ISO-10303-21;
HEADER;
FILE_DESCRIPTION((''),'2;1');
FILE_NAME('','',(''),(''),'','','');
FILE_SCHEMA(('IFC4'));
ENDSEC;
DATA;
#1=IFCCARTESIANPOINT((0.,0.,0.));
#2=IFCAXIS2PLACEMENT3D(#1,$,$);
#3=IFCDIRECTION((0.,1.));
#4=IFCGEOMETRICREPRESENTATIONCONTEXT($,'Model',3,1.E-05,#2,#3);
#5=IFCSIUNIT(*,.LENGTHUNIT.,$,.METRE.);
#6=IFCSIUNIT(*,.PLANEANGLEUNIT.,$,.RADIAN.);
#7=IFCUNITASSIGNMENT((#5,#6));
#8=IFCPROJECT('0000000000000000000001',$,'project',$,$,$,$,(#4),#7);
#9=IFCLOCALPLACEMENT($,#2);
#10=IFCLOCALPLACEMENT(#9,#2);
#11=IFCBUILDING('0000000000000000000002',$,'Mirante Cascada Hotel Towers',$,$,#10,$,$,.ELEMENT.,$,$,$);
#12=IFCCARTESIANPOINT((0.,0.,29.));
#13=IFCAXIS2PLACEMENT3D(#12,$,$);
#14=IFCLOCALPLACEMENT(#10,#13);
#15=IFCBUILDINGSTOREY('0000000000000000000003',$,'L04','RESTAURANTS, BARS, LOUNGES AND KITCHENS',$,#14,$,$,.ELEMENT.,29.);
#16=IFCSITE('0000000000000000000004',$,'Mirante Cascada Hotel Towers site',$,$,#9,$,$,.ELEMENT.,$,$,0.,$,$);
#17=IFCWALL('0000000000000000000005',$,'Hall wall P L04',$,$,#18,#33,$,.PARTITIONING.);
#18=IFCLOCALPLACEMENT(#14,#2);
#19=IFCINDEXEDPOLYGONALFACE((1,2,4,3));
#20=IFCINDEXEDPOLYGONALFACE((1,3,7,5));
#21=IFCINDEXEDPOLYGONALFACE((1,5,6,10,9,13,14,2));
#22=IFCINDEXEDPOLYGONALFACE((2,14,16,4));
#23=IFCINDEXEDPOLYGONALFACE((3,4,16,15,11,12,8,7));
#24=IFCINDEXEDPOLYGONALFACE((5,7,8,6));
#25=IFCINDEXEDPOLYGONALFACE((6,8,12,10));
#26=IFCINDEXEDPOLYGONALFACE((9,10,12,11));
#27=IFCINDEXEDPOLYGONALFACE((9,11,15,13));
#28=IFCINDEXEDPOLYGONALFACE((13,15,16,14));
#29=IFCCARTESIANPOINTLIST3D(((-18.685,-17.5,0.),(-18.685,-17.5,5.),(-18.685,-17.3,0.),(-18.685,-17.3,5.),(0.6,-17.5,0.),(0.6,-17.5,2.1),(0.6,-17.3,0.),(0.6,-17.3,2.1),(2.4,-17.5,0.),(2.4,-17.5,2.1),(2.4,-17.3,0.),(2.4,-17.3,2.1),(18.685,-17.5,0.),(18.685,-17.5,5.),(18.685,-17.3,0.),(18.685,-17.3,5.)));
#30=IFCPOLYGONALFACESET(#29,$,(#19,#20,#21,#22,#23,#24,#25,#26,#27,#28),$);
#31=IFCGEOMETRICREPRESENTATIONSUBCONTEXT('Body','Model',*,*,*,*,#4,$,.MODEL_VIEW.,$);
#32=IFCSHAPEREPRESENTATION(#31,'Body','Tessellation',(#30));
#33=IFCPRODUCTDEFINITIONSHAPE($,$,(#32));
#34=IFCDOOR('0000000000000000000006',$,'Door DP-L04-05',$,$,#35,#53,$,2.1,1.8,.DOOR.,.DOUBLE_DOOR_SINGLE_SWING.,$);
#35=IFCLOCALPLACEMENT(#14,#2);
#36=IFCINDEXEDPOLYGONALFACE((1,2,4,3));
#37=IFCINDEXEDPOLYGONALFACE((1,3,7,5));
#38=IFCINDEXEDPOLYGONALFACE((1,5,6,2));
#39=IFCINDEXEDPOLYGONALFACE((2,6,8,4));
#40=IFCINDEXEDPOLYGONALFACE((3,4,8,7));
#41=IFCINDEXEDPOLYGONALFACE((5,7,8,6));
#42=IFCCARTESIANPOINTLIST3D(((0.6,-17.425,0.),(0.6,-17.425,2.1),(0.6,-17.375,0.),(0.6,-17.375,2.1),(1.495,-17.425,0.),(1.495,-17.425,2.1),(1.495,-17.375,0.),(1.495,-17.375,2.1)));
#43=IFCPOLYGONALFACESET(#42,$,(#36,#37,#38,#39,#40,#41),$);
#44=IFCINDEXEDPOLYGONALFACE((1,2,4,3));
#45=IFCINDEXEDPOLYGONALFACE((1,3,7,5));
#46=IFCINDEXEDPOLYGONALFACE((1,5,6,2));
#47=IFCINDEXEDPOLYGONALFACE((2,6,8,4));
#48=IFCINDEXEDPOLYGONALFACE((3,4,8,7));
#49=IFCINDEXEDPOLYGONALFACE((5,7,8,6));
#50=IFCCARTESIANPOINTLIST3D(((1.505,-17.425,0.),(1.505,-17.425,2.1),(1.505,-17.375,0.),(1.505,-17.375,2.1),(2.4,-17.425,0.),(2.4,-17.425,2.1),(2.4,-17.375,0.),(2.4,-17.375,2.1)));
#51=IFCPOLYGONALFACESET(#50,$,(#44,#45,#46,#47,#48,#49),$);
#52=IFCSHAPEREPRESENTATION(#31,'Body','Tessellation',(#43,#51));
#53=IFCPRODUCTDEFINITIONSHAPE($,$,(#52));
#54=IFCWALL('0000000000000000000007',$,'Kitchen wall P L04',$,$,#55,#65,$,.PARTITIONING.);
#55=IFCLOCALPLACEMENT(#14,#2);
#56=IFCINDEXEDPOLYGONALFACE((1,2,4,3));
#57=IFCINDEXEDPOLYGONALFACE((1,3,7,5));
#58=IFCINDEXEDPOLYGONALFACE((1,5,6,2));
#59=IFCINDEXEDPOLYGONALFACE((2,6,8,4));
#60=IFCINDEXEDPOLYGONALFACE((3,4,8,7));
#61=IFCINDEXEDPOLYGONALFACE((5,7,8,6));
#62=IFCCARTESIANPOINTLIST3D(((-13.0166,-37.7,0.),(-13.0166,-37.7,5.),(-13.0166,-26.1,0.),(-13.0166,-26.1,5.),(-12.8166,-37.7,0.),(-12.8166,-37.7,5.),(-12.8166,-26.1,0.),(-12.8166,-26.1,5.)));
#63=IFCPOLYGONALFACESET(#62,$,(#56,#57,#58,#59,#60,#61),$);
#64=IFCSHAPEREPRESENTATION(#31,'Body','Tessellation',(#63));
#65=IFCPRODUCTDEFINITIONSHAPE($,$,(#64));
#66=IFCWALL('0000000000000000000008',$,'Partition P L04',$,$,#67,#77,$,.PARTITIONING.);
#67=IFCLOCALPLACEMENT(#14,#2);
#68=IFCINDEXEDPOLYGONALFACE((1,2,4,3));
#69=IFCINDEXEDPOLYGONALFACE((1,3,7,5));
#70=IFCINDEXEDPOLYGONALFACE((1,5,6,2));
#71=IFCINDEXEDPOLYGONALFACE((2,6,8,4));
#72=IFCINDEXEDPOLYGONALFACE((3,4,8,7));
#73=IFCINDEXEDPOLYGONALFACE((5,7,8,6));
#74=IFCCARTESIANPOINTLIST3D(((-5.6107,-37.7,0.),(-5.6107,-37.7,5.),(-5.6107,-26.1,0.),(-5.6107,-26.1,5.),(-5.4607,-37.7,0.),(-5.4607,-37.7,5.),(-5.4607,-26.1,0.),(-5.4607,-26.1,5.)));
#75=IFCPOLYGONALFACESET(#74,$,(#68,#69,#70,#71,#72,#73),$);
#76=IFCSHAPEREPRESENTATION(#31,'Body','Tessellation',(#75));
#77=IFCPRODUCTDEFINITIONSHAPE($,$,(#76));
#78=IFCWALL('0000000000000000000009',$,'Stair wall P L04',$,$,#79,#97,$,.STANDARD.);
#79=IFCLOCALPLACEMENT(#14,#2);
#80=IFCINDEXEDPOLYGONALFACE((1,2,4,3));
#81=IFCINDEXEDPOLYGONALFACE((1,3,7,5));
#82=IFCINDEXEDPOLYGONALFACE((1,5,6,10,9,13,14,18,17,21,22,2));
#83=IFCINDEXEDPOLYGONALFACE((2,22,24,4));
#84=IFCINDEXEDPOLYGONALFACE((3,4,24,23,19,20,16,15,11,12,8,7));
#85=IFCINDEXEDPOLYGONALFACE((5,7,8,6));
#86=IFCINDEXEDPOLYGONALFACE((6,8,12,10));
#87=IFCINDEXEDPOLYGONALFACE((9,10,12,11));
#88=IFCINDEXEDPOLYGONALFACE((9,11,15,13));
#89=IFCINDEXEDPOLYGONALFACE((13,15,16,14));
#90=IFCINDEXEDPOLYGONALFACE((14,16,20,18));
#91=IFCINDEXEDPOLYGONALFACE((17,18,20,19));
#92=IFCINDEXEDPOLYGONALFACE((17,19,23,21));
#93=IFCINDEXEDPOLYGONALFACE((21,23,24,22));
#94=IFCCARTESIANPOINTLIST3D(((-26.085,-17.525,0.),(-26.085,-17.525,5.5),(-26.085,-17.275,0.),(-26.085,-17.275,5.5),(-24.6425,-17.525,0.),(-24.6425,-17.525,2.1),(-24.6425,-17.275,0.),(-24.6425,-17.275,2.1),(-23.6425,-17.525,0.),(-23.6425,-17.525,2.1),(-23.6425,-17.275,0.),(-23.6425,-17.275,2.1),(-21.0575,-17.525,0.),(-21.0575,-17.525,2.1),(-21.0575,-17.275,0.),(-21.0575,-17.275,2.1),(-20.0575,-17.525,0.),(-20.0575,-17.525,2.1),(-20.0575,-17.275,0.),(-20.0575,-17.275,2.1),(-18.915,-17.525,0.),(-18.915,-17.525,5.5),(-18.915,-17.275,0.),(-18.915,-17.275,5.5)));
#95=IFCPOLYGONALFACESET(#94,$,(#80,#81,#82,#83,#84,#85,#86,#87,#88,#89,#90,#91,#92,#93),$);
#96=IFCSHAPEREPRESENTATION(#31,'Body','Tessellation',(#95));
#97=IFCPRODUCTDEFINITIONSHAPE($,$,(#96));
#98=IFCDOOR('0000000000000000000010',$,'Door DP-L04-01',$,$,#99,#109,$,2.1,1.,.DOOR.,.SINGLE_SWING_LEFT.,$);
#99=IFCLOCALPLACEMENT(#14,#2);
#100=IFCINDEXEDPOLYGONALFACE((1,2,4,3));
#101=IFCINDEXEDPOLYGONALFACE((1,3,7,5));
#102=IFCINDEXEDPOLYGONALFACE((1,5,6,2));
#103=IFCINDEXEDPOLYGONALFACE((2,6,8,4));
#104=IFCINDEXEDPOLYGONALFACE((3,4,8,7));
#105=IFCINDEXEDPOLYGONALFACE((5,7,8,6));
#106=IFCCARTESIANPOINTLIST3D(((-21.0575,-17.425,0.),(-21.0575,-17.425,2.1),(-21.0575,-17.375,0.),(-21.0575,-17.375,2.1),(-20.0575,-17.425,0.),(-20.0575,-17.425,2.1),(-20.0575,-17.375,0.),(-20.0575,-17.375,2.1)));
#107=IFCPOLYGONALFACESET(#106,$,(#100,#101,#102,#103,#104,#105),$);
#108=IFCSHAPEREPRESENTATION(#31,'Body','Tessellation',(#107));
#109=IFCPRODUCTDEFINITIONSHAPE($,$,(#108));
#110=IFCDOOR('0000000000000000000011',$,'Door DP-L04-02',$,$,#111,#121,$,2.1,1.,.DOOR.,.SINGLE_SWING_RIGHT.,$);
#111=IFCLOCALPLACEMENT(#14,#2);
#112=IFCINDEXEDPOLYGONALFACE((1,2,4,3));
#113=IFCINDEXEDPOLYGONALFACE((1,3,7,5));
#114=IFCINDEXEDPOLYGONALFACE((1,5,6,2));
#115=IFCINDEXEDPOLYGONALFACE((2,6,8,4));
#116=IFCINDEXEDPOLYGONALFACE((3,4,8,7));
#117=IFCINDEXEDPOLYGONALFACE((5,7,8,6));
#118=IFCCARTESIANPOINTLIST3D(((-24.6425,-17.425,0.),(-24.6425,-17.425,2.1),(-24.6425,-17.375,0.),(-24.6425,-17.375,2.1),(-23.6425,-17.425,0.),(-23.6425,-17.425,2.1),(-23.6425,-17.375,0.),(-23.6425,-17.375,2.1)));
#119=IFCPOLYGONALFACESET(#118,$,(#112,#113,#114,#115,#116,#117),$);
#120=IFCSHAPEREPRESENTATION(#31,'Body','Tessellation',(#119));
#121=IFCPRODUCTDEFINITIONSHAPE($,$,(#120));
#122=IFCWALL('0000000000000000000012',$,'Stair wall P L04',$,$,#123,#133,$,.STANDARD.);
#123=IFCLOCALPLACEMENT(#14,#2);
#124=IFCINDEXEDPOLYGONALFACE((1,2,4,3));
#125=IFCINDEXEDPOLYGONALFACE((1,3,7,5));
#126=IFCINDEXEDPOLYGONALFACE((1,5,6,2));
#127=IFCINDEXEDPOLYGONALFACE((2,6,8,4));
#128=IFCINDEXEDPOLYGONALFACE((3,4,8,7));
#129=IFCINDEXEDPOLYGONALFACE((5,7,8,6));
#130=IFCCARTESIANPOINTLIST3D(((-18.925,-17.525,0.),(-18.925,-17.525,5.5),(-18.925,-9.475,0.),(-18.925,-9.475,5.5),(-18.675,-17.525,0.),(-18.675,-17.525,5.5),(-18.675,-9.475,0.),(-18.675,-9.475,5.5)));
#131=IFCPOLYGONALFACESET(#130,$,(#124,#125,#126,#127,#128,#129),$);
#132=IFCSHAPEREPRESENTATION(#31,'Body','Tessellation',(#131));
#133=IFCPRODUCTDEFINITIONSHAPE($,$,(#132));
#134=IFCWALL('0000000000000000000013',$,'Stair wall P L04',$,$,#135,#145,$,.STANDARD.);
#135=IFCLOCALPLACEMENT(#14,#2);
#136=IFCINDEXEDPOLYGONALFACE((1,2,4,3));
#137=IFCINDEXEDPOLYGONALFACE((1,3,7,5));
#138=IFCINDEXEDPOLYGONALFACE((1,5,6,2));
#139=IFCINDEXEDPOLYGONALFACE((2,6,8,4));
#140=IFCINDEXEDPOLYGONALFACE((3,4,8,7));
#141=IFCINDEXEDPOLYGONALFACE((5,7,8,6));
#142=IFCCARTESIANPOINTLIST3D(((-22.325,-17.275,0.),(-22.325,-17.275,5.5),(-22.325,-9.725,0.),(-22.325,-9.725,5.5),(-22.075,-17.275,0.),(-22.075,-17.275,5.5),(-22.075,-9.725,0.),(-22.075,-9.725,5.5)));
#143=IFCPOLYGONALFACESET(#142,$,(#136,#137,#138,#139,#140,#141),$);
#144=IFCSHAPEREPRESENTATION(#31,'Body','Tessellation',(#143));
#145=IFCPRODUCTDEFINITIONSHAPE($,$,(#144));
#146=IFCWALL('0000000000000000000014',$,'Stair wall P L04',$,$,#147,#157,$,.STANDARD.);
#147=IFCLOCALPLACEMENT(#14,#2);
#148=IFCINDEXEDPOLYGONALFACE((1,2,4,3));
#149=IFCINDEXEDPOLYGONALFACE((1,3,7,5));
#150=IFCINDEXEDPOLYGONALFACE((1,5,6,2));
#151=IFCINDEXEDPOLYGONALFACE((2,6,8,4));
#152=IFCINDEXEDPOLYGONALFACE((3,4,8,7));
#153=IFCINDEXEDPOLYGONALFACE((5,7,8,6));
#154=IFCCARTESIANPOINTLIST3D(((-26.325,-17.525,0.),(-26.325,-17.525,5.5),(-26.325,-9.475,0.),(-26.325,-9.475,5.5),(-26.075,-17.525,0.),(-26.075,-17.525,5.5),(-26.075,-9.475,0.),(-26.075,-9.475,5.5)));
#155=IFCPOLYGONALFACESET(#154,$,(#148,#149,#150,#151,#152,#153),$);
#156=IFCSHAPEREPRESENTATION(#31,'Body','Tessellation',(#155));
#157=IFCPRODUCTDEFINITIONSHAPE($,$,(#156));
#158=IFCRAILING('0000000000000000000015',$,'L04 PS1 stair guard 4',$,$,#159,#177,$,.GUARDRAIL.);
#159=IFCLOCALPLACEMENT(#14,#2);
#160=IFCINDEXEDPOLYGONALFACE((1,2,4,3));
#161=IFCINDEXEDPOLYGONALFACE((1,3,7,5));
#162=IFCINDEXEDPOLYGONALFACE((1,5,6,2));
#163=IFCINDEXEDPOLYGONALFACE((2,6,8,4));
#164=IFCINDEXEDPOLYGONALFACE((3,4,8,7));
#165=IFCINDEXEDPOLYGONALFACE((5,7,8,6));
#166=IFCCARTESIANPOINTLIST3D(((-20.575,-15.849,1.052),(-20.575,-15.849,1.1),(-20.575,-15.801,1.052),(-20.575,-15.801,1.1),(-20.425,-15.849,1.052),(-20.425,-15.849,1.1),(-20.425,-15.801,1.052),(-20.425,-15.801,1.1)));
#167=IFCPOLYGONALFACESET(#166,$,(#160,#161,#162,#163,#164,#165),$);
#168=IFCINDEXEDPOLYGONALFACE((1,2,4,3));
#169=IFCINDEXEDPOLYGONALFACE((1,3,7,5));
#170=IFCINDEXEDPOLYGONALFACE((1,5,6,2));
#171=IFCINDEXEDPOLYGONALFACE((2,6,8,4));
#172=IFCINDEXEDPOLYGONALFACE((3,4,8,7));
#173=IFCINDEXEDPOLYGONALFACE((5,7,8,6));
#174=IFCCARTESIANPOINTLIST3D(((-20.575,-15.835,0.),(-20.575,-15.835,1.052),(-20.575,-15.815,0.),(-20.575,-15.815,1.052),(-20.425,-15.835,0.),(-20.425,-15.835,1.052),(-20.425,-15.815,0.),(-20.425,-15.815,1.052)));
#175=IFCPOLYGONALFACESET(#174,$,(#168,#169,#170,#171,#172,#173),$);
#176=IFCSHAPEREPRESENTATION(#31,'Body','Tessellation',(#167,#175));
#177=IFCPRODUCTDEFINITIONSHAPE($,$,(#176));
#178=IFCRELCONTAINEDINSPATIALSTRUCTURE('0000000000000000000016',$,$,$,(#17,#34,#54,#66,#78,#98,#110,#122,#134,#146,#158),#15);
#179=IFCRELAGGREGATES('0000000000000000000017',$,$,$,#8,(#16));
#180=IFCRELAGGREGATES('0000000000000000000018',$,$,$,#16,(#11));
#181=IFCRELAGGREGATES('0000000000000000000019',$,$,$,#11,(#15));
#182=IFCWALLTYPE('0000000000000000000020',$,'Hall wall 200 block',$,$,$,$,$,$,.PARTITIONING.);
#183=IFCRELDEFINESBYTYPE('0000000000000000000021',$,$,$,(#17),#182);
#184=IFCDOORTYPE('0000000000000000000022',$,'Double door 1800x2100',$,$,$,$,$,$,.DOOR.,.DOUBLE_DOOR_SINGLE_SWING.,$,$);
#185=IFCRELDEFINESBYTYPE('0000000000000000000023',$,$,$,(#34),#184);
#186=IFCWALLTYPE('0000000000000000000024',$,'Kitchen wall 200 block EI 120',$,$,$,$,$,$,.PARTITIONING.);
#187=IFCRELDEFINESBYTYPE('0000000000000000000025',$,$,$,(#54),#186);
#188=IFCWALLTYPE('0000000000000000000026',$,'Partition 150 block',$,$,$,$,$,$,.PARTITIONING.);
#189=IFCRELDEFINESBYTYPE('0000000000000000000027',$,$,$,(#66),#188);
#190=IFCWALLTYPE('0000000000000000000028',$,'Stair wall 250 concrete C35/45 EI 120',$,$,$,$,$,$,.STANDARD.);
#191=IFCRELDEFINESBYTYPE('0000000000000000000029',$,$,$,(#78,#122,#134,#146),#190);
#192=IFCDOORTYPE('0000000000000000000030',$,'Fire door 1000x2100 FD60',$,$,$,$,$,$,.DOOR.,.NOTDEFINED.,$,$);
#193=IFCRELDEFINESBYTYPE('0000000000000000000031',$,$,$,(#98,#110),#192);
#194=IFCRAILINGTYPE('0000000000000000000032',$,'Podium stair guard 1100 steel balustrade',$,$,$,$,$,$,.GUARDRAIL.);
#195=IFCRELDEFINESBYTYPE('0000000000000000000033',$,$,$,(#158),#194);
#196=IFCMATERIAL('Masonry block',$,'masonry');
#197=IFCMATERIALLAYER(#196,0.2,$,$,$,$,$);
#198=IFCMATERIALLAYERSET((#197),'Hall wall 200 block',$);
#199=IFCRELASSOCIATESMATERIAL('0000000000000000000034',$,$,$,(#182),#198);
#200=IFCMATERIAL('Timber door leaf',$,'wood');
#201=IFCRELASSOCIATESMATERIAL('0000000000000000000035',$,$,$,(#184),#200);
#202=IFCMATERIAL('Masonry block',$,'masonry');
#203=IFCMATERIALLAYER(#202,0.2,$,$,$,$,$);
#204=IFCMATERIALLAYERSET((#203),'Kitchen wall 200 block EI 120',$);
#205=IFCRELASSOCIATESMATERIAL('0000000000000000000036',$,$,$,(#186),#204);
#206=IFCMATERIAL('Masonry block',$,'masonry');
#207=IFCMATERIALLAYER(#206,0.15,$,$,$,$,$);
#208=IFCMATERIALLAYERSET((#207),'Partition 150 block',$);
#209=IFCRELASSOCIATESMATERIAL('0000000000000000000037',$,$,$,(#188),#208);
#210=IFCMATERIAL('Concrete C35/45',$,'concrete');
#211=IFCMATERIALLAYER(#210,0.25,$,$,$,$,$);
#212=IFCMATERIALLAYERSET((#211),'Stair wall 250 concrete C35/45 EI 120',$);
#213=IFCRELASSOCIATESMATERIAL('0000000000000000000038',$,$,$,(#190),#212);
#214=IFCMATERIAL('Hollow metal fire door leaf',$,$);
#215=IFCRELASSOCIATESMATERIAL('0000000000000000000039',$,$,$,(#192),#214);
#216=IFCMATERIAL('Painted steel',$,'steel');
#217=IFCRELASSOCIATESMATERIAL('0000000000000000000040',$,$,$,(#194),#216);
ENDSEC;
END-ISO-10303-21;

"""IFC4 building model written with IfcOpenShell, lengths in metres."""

from ifc_helpers import new_model, si_unit, direction, frame, frame_2d, origin, origin_2d, place, context, subcontext, project, spatial, rectangle, extrude, material, layer, layer_set, type_object, element, fill, save


model = new_model("IFC4")

# Units and contexts
model_context = context("Model", 3, precision=1e-05, world=origin(), true_north=direction((0.0, 1.0)))
body_context = subcontext(model_context, "Body", "Model", "MODEL_VIEW")
ifc_project = project(units=[si_unit("LENGTHUNIT", "METRE"), si_unit("PLANEANGLEUNIT", "RADIAN")], contexts=[model_context])

# Site, building, storey
site_placement = place(None, origin())
site = spatial("IfcSite", under=ifc_project, at=site_placement, Name="Mirante Cascada Hotel Towers site", CompositionType="ELEMENT", RefElevation=0.0)
building_placement = place(site_placement, origin())
building = spatial("IfcBuilding", under=site, at=building_placement, Name="Mirante Cascada Hotel Towers", CompositionType="ELEMENT")
storey_placement = place(building_placement, frame((0.0, 0.0, 29.0)))
storey = spatial("IfcBuildingStorey", under=building, at=storey_placement, Name="L04", Description="RESTAURANTS, BARS, LOUNGES AND KITCHENS", CompositionType="ELEMENT", Elevation=29.0)

# Shared definitions
ifc_material_1 = material(Name="Masonry block", Category="masonry")
ifc_layer_1 = layer(ifc_material_1, 0.2)
ifc_layer_set_1 = layer_set([ifc_layer_1], Name="Hall wall 200 block")
wall_type_1 = type_object("IfcWallType", Name="Hall wall 200 block", PredefinedType="PARTITIONING", material=ifc_layer_set_1)

# Wall, opening, door
wall_1_placement = place(storey_placement, frame((-18.685, -17.4, 0.0), z_axis=(0.0, 0.0, 1.0), x_axis=(1.0, 0.0, 0.0)))
wall_1 = element("IfcWall", 1, at=wall_1_placement, inside=storey, type_object=wall_type_1, Name="Hall wall P L04", PredefinedType="PARTITIONING", context=body_context, shape_type="SweptSolid", body=[
    extrude(rectangle(XDim=37.37, YDim=0.2, at=frame_2d((18.685, 0.0))), origin(), (0.0, 0.0, 1.0), 5.0),
])
opening_1_placement = place(wall_1_placement, frame((19.285, 0.0, 0.0)))
opening_1 = element("IfcOpeningElement", 2, at=opening_1_placement, cuts=wall_1, PredefinedType="OPENING", context=body_context, shape_type="SweptSolid", body=[
    extrude(rectangle(XDim=1.8, YDim=2.1, at=frame_2d((0.9, 1.05))), frame((0.0, 0.1, 0.0), z_axis=(0.0, -1.0, 0.0), x_axis=(1.0, 0.0, 0.0)), (0.0, 0.0, 1.0), 0.2),
])
ifc_material_2 = material(Name="Timber door leaf", Category="wood")
door_type_1 = type_object("IfcDoorType", Name="Double door 1800x2100", OperationType="DOUBLE_DOOR_SINGLE_SWING", PredefinedType="DOOR", material=ifc_material_2)
door_1_placement = place(opening_1_placement, origin())
door_1 = element("IfcDoor", 3, at=door_1_placement, inside=storey, type_object=door_type_1, Name="Door DP-L04-05", OperationType="DOUBLE_DOOR_SINGLE_SWING", OverallHeight=2.1, OverallWidth=1.8, PredefinedType="DOOR", context=body_context, shape_type="SweptSolid", body=[
    extrude(rectangle(XDim=0.895, YDim=2.1, at=frame_2d((0.4475, 1.05))), frame((0.0, 0.025, 0.0), z_axis=(0.0, -1.0, 0.0), x_axis=(1.0, 0.0, 0.0)), (0.0, 0.0, 1.0), 0.05),
    extrude(rectangle(XDim=0.895, YDim=2.1, at=frame_2d((1.3525, 1.05))), frame((0.0, 0.025, 0.0), z_axis=(0.0, -1.0, 0.0), x_axis=(1.0, 0.0, 0.0)), (0.0, 0.0, 1.0), 0.05),
])
fill(opening_1, door_1)

# Walls
ifc_material_3 = material(Name="Masonry block", Category="masonry")
ifc_layer_2 = layer(ifc_material_3, 0.2)
ifc_layer_set_2 = layer_set([ifc_layer_2], Name="Kitchen wall 200 block EI 120")
wall_type_2 = type_object("IfcWallType", Name="Kitchen wall 200 block EI 120", PredefinedType="PARTITIONING", material=ifc_layer_set_2)
wall_2_placement = place(storey_placement, frame((-12.9166, -37.7, 0.0), z_axis=(0.0, 0.0, 1.0), x_axis=(0.0, 1.0, 0.0)))
element("IfcWall", 4, at=wall_2_placement, inside=storey, type_object=wall_type_2, Name="Kitchen wall P L04", PredefinedType="PARTITIONING", context=body_context, shape_type="SweptSolid", body=[
    extrude(rectangle(XDim=11.6, YDim=0.2, at=frame_2d((5.8, 0.0))), origin(), (0.0, 0.0, 1.0), 5.0),
])
ifc_material_4 = material(Name="Masonry block", Category="masonry")
ifc_layer_3 = layer(ifc_material_4, 0.15)
ifc_layer_set_3 = layer_set([ifc_layer_3], Name="Partition 150 block")
wall_type_3 = type_object("IfcWallType", Name="Partition 150 block", PredefinedType="PARTITIONING", material=ifc_layer_set_3)
wall_3_placement = place(storey_placement, frame((-5.5357, -37.7, 0.0), z_axis=(0.0, 0.0, 1.0), x_axis=(0.0, 1.0, 0.0)))
element("IfcWall", 5, at=wall_3_placement, inside=storey, type_object=wall_type_3, Name="Partition P L04", PredefinedType="PARTITIONING", context=body_context, shape_type="SweptSolid", body=[
    extrude(rectangle(XDim=11.6, YDim=0.15, at=frame_2d((5.8, 0.0))), origin(), (0.0, 0.0, 1.0), 5.0),
])

# Wall, openings, doors
ifc_material_5 = material(Name="Concrete C35/45", Category="concrete")
ifc_layer_4 = layer(ifc_material_5, 0.25)
ifc_layer_set_4 = layer_set([ifc_layer_4], Name="Stair wall 250 concrete C35/45 EI 120")
wall_type_4 = type_object("IfcWallType", Name="Stair wall 250 concrete C35/45 EI 120", PredefinedType="STANDARD", material=ifc_layer_set_4)
wall_4_placement = place(storey_placement, frame((-26.085, -17.4, 0.0), z_axis=(0.0, 0.0, 1.0), x_axis=(1.0, 0.0, 0.0)))
wall_4 = element("IfcWall", 6, at=wall_4_placement, inside=storey, type_object=wall_type_4, Name="Stair wall P L04", PredefinedType="STANDARD", context=body_context, shape_type="SweptSolid", body=[
    extrude(rectangle(XDim=7.17, YDim=0.25, at=frame_2d((3.585, 0.0))), origin(), (0.0, 0.0, 1.0), 5.5),
])
opening_2_placement = place(wall_4_placement, frame((5.0275, 0.0, 0.0)))
opening_2 = element("IfcOpeningElement", 7, at=opening_2_placement, cuts=wall_4, PredefinedType="OPENING", context=body_context, shape_type="SweptSolid", body=[
    extrude(rectangle(XDim=1.0, YDim=2.1, at=frame_2d((0.5, 1.05))), frame((0.0, 0.125, 0.0), z_axis=(0.0, -1.0, 0.0), x_axis=(1.0, 0.0, 0.0)), (0.0, 0.0, 1.0), 0.25),
])
opening_3_placement = place(wall_4_placement, frame((1.4425, 0.0, 0.0)))
opening_3 = element("IfcOpeningElement", 8, at=opening_3_placement, cuts=wall_4, PredefinedType="OPENING", context=body_context, shape_type="SweptSolid", body=[
    extrude(rectangle(XDim=1.0, YDim=2.1, at=frame_2d((0.5, 1.05))), frame((0.0, 0.125, 0.0), z_axis=(0.0, -1.0, 0.0), x_axis=(1.0, 0.0, 0.0)), (0.0, 0.0, 1.0), 0.25),
])
ifc_material_6 = material(Name="Hollow metal fire door leaf")
door_type_2 = type_object("IfcDoorType", Name="Fire door 1000x2100 FD60", OperationType="NOTDEFINED", PredefinedType="DOOR", material=ifc_material_6)
door_2_placement = place(opening_2_placement, origin())
door_2 = element("IfcDoor", 9, at=door_2_placement, inside=storey, type_object=door_type_2, Name="Door DP-L04-01", OperationType="SINGLE_SWING_LEFT", OverallHeight=2.1, OverallWidth=1.0, PredefinedType="DOOR", context=body_context, shape_type="SweptSolid", body=[
    extrude(rectangle(XDim=1.0, YDim=2.1, at=frame_2d((0.5, 1.05))), frame((0.0, 0.025, 0.0), z_axis=(0.0, -1.0, 0.0), x_axis=(1.0, 0.0, 0.0)), (0.0, 0.0, 1.0), 0.05),
])
fill(opening_2, door_2)
door_3_placement = place(opening_3_placement, origin())
door_3 = element("IfcDoor", 10, at=door_3_placement, inside=storey, type_object=door_type_2, Name="Door DP-L04-02", OperationType="SINGLE_SWING_RIGHT", OverallHeight=2.1, OverallWidth=1.0, PredefinedType="DOOR", context=body_context, shape_type="SweptSolid", body=[
    extrude(rectangle(XDim=1.0, YDim=2.1, at=frame_2d((0.5, 1.05))), frame((0.0, 0.025, 0.0), z_axis=(0.0, -1.0, 0.0), x_axis=(1.0, 0.0, 0.0)), (0.0, 0.0, 1.0), 0.05),
])
fill(opening_3, door_3)

# Walls
wall_5_placement = place(storey_placement, frame((-18.8, -17.525, 0.0), z_axis=(0.0, 0.0, 1.0), x_axis=(0.0, 1.0, 0.0)))
element("IfcWall", 11, at=wall_5_placement, inside=storey, type_object=wall_type_4, Name="Stair wall P L04", PredefinedType="STANDARD", context=body_context, shape_type="SweptSolid", body=[
    extrude(rectangle(XDim=8.05, YDim=0.25, at=frame_2d((4.025, 0.0))), origin(), (0.0, 0.0, 1.0), 5.5),
])
wall_6_placement = place(storey_placement, frame((-22.2, -17.275, 0.0), z_axis=(0.0, 0.0, 1.0), x_axis=(0.0, 1.0, 0.0)))
element("IfcWall", 12, at=wall_6_placement, inside=storey, type_object=wall_type_4, Name="Stair wall P L04", PredefinedType="STANDARD", context=body_context, shape_type="SweptSolid", body=[
    extrude(rectangle(XDim=7.55, YDim=0.25, at=frame_2d((3.775, 0.0))), origin(), (0.0, 0.0, 1.0), 5.5),
])
wall_7_placement = place(storey_placement, frame((-26.2, -17.525, 0.0), z_axis=(0.0, 0.0, 1.0), x_axis=(0.0, 1.0, 0.0)))
element("IfcWall", 13, at=wall_7_placement, inside=storey, type_object=wall_type_4, Name="Stair wall P L04", PredefinedType="STANDARD", context=body_context, shape_type="SweptSolid", body=[
    extrude(rectangle(XDim=8.05, YDim=0.25, at=frame_2d((4.025, 0.0))), origin(), (0.0, 0.0, 1.0), 5.5),
])

# Railing
ifc_material_7 = material(Name="Painted steel", Category="steel")
railing_type = type_object("IfcRailingType", Name="Podium stair guard 1100 steel balustrade", PredefinedType="GUARDRAIL", material=ifc_material_7)
railing_1_placement = place(storey_placement, frame((-20.425, -15.825, 0.0)))
element("IfcRailing", 14, at=railing_1_placement, inside=storey, type_object=railing_type, Name="L04 PS1 stair guard 4", PredefinedType="GUARDRAIL", context=body_context, shape_type="SweptSolid", body=[
    extrude(rectangle(XDim=0.048, YDim=0.048, at=origin_2d()), frame((0.0, 0.0, 1.076), z_axis=(-1.0, 0.0, 0.0), x_axis=(0.0, -1.0, 0.0)), (0.0, 0.0, 1.0), 0.15),
    extrude(rectangle(XDim=0.02, YDim=1.052, at=origin_2d()), frame((0.0, 0.0, 0.526), z_axis=(-1.0, 0.0, 0.0), x_axis=(0.0, -1.0, 0.0)), (0.0, 0.0, 1.0), 0.15),
])

save(model, "model.ifc")
